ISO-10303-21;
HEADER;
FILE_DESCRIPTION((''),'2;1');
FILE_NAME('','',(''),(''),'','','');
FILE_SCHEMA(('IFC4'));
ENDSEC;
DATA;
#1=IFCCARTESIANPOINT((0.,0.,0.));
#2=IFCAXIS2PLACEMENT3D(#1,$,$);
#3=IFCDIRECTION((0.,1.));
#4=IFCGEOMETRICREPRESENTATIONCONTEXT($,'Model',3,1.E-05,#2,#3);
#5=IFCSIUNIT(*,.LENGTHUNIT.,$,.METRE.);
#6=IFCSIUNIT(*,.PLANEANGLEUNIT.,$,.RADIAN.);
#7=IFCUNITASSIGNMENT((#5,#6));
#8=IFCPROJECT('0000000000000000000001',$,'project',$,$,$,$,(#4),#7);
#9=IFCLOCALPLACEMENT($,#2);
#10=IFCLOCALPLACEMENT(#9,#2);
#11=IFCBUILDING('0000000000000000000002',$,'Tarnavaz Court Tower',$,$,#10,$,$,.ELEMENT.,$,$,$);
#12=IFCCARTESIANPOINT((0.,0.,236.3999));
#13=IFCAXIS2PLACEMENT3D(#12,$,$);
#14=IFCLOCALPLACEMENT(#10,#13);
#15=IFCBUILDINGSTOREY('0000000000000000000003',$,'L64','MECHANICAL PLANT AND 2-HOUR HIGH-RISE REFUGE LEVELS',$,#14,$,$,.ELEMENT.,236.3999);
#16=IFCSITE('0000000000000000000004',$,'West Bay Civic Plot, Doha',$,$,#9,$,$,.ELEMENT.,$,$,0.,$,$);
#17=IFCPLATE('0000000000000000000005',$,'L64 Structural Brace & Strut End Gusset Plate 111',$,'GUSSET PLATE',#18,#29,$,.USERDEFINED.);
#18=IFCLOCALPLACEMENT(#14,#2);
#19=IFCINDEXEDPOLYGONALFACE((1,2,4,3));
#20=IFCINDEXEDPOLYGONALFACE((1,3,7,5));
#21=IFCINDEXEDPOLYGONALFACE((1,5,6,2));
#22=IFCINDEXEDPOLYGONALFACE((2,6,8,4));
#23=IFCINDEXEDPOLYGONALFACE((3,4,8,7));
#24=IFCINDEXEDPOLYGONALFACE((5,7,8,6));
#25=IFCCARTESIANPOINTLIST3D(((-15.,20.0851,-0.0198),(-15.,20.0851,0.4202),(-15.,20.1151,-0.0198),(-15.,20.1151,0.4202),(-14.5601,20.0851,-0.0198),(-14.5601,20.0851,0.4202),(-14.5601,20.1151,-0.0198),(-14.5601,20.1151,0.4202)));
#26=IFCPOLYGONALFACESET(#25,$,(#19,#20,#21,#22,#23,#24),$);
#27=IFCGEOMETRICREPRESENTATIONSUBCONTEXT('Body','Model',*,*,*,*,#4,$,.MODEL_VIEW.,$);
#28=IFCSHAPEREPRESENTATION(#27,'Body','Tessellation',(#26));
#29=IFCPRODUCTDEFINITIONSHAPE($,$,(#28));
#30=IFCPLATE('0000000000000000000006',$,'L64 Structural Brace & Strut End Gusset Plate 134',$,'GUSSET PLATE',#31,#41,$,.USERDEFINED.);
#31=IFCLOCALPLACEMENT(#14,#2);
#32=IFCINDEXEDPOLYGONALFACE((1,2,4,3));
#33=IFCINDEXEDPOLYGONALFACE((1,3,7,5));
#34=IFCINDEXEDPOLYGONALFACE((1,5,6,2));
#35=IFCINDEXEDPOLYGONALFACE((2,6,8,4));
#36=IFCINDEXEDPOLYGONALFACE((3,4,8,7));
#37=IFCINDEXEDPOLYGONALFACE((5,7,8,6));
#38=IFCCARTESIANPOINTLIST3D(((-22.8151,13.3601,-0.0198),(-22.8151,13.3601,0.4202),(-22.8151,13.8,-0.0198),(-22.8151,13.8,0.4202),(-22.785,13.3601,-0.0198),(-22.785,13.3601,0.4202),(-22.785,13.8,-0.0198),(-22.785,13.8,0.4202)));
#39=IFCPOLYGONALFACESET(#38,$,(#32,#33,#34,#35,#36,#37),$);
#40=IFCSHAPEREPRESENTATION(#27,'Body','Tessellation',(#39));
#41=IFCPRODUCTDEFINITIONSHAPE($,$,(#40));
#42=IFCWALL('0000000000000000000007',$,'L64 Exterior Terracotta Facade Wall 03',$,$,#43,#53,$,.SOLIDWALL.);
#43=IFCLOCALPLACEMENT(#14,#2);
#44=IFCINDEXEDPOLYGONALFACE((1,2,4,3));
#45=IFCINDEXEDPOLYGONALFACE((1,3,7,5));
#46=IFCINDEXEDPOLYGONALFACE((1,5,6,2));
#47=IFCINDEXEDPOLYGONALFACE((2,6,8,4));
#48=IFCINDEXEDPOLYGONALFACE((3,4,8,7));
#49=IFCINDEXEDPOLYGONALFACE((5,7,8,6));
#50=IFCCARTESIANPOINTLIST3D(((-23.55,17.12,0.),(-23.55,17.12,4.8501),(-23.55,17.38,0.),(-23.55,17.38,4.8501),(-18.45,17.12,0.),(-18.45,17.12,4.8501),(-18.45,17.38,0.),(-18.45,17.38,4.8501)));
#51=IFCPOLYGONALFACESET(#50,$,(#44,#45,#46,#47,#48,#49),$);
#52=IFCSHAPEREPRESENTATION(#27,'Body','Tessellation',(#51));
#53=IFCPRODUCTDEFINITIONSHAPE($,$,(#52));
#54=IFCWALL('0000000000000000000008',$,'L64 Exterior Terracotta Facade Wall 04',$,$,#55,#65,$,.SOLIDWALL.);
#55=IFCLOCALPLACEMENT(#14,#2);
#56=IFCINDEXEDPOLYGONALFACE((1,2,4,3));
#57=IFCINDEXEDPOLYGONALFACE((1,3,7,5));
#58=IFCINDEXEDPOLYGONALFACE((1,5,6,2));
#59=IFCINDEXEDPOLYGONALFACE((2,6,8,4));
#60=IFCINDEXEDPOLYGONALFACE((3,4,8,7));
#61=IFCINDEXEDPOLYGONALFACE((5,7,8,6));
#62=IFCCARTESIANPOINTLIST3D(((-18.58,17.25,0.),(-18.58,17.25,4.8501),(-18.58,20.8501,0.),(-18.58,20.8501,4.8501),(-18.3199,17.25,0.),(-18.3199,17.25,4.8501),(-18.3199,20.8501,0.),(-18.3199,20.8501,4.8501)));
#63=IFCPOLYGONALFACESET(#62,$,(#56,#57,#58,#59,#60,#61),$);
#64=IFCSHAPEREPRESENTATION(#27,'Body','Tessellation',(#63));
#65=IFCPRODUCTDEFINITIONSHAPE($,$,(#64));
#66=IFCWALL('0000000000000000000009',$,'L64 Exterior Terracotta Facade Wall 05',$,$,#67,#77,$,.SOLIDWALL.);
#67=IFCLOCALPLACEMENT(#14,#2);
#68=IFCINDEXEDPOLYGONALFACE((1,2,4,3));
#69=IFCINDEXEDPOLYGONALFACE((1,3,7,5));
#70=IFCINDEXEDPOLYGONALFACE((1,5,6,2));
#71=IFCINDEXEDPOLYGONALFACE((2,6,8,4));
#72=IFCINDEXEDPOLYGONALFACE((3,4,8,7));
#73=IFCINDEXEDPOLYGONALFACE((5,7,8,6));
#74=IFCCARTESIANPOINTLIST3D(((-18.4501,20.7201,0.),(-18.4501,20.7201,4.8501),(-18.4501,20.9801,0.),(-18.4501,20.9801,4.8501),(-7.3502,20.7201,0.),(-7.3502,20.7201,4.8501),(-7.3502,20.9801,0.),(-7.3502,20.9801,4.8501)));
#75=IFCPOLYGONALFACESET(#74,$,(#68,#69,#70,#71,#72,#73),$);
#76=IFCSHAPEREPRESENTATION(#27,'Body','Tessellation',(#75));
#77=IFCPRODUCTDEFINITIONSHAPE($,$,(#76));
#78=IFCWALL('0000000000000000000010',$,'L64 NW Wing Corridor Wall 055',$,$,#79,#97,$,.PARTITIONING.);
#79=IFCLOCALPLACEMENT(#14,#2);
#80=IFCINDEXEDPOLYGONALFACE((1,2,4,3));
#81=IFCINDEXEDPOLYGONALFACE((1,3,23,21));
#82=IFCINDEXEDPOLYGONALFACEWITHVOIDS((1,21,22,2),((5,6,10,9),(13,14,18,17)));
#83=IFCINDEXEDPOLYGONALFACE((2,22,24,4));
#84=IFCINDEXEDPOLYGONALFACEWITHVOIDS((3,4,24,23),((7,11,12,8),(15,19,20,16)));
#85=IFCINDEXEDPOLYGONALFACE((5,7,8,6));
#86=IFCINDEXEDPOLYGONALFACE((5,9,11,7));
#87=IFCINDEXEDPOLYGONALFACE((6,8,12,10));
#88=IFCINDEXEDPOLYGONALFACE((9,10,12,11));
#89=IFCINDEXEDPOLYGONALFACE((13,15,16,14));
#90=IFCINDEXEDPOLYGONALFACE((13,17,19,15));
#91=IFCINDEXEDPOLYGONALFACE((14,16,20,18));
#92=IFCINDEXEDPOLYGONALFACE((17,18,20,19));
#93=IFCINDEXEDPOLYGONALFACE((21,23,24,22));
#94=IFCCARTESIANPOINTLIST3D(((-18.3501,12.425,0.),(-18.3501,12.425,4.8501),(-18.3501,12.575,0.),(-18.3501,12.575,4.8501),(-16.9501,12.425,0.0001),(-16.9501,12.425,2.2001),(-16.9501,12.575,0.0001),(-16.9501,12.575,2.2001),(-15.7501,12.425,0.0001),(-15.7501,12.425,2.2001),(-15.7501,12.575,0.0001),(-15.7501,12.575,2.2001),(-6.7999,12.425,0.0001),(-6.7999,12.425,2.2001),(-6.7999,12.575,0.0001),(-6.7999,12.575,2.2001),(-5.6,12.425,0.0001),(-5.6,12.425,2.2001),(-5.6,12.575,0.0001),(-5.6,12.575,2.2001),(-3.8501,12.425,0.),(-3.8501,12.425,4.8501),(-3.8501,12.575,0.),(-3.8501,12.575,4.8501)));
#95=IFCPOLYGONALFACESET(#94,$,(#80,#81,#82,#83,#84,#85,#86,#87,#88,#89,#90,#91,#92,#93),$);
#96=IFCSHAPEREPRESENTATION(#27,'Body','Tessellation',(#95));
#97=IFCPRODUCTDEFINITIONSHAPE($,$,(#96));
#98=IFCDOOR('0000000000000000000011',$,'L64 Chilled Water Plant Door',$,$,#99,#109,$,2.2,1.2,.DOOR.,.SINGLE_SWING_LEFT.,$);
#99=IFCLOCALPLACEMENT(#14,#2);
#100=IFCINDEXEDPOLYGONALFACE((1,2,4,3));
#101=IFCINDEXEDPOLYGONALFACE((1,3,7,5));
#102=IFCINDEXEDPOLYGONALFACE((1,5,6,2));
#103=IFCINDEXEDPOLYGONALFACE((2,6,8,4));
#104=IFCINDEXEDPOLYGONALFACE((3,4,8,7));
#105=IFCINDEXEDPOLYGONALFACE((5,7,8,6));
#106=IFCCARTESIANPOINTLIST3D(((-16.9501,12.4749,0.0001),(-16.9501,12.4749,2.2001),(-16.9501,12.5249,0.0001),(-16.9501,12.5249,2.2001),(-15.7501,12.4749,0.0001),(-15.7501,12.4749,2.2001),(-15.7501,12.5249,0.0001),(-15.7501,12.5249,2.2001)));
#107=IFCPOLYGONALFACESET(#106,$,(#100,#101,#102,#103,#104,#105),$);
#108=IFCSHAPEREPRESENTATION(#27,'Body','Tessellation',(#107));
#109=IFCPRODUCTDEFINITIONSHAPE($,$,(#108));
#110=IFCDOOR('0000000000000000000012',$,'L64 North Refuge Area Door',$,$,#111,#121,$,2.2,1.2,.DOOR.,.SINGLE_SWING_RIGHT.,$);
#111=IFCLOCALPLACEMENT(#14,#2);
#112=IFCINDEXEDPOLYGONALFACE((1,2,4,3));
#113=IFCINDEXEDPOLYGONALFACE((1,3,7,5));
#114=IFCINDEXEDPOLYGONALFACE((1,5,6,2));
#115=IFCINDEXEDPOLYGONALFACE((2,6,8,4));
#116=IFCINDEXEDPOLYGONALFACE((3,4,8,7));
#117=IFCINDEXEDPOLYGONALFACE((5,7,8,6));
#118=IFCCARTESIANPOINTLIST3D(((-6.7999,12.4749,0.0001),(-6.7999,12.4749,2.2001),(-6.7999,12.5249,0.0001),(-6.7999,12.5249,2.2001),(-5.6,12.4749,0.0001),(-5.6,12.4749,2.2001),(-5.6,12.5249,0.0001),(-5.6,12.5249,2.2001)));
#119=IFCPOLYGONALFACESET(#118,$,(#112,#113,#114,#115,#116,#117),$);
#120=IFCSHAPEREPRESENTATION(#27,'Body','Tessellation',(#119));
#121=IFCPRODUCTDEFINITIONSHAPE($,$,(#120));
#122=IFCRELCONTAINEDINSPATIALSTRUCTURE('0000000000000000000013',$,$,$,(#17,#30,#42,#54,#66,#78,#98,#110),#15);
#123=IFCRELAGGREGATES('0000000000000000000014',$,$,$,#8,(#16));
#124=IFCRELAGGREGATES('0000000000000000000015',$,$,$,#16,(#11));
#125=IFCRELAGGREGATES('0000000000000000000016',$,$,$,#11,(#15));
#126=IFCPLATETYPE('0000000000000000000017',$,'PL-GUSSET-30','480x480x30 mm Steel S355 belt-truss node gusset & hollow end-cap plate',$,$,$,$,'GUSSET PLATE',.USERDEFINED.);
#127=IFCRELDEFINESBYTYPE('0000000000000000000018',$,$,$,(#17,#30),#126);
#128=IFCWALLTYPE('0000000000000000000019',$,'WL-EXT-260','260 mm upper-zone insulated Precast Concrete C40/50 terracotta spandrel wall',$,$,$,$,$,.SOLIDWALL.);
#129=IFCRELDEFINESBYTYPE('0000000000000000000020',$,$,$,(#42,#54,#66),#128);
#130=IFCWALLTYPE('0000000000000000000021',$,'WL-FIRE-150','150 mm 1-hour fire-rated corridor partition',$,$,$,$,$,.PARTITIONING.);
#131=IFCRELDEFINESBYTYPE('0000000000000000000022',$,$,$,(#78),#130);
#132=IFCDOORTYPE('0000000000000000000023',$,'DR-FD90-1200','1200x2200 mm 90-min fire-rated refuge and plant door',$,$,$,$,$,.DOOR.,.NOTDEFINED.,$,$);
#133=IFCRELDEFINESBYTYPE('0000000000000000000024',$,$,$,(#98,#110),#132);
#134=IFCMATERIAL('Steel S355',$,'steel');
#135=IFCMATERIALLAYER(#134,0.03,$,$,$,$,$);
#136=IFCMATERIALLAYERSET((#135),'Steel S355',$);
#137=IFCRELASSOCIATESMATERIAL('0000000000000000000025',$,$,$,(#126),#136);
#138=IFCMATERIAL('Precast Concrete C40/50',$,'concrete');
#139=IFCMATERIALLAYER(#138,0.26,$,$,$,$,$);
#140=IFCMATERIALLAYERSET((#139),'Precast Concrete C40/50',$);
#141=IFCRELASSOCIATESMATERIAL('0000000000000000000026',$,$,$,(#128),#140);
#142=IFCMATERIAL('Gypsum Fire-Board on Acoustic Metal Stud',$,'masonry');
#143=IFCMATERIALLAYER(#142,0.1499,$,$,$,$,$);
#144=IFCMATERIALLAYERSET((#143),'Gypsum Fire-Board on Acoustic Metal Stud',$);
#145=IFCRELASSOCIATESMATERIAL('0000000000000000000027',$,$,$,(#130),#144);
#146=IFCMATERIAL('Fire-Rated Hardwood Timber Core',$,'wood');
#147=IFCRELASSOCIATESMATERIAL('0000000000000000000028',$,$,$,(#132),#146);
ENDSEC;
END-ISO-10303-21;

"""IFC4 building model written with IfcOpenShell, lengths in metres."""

from ifc_helpers import new_model, si_unit, direction, frame, frame_2d, origin, origin_2d, place, context, subcontext, project, spatial, rectangle, extrude, material, layer, layer_set, type_object, element, fill, save


model = new_model("IFC4")

# Units and contexts
model_context = context("Model", 3, precision=1e-05, world=origin(), true_north=direction((0.0, 1.0)))
body_context = subcontext(model_context, "Body", "Model", "MODEL_VIEW")
ifc_project = project(units=[si_unit("LENGTHUNIT", "METRE"), si_unit("PLANEANGLEUNIT", "RADIAN")], contexts=[model_context])

# Site, building, storey
site_placement = place(None, origin())
site = spatial("IfcSite", under=ifc_project, at=site_placement, Name="West Bay Civic Plot, Doha", CompositionType="ELEMENT", RefElevation=0.0)
building_placement = place(site_placement, origin())
building = spatial("IfcBuilding", under=site, at=building_placement, Name="Tarnavaz Court Tower", CompositionType="ELEMENT")
storey_placement = place(building_placement, frame((0.0, 0.0, 236.3999)))
storey = spatial("IfcBuildingStorey", under=building, at=storey_placement, Name="L64", Description="MECHANICAL PLANT AND 2-HOUR HIGH-RISE REFUGE LEVELS", CompositionType="ELEMENT", Elevation=236.3999)

# Shared definitions
ifc_material_1 = material(Name="Steel S355", Category="steel")

# Plates
ifc_layer_1 = layer(ifc_material_1, 0.03)
ifc_layer_set_1 = layer_set([ifc_layer_1], Name="Steel S355")
plate_type = type_object("IfcPlateType", Name="PL-GUSSET-30", Description="480x480x30 mm Steel S355 belt-truss node gusset & hollow end-cap plate", ElementType="GUSSET PLATE", PredefinedType="USERDEFINED", material=ifc_layer_set_1)
for number, where, z_axis, x_axis, name in (
    (1, (-14.78, 20.1001, -0.0198), (0.0, 0.0, 1.0), (1.0, 0.0, 0.0), "L64 Structural Brace & Strut End Gusset Plate 111"),
    (2, (-22.8, 13.5801, -0.0198), (0.0, 0.0, 1.0), (0.0, 1.0, 0.0), "L64 Structural Brace & Strut End Gusset Plate 134"),
):
    element("IfcPlate", number, at=place(storey_placement, frame(where, z_axis=z_axis, x_axis=x_axis)), inside=storey, type_object=plate_type, Name=name, ObjectType="GUSSET PLATE", PredefinedType="USERDEFINED", context=body_context, shape_type="SweptSolid", body=[
        extrude(rectangle(XDim=0.4399, YDim=0.03, at=origin_2d()), origin(), (0.0, 0.0, 1.0), 0.4399),
    ])

# Walls
ifc_material_2 = material(Name="Precast Concrete C40/50", Category="concrete")
ifc_layer_2 = layer(ifc_material_2, 0.26)
ifc_layer_set_2 = layer_set([ifc_layer_2], Name="Precast Concrete C40/50")
wall_type_1 = type_object("IfcWallType", Name="WL-EXT-260", Description="260 mm upper-zone insulated Precast Concrete C40/50 terracotta spandrel wall", PredefinedType="SOLIDWALL", material=ifc_layer_set_2)
wall_1_placement = place(storey_placement, frame((-23.55, 17.25, 0.0), z_axis=(0.0, 0.0, 1.0), x_axis=(1.0, 0.0, 0.0)))
element("IfcWall", 3, at=wall_1_placement, inside=storey, type_object=wall_type_1, Name="L64 Exterior Terracotta Facade Wall 03", PredefinedType="SOLIDWALL", context=body_context, shape_type="SweptSolid", body=[
    extrude(rectangle(XDim=5.1001, YDim=0.26, at=frame_2d((2.55, 0.0))), origin(), (0.0, 0.0, 1.0), 4.8501),
])
wall_2_placement = place(storey_placement, frame((-18.45, 17.25, 0.0), z_axis=(0.0, 0.0, 1.0), x_axis=(0.0, 1.0, 0.0)))
element("IfcWall", 4, at=wall_2_placement, inside=storey, type_object=wall_type_1, Name="L64 Exterior Terracotta Facade Wall 04", PredefinedType="SOLIDWALL", context=body_context, shape_type="SweptSolid", body=[
    extrude(rectangle(XDim=3.6001, YDim=0.26, at=frame_2d((1.8, 0.0))), origin(), (0.0, 0.0, 1.0), 4.8501),
])
wall_3_placement = place(storey_placement, frame((-18.45, 20.8501, 0.0), z_axis=(0.0, 0.0, 1.0), x_axis=(1.0, 0.0, 0.0)))
element("IfcWall", 5, at=wall_3_placement, inside=storey, type_object=wall_type_1, Name="L64 Exterior Terracotta Facade Wall 05", PredefinedType="SOLIDWALL", context=body_context, shape_type="SweptSolid", body=[
    extrude(rectangle(XDim=11.0999, YDim=0.26, at=frame_2d((5.5498, 0.0))), origin(), (0.0, 0.0, 1.0), 4.8501),
])

# Wall, openings, doors
ifc_material_3 = material(Name="Gypsum Fire-Board on Acoustic Metal Stud", Category="masonry")
ifc_layer_3 = layer(ifc_material_3, 0.1499)
ifc_layer_set_3 = layer_set([ifc_layer_3], Name="Gypsum Fire-Board on Acoustic Metal Stud")
wall_type_2 = type_object("IfcWallType", Name="WL-FIRE-150", Description="150 mm 1-hour fire-rated corridor partition", PredefinedType="PARTITIONING", material=ifc_layer_set_3)
wall_4_placement = place(storey_placement, frame((-18.3501, 12.5, 0.0), z_axis=(0.0, 0.0, 1.0), x_axis=(1.0, 0.0, 0.0)))
wall_4 = element("IfcWall", 6, at=wall_4_placement, inside=storey, type_object=wall_type_2, Name="L64 NW Wing Corridor Wall 055", PredefinedType="PARTITIONING", context=body_context, shape_type="SweptSolid", body=[
    extrude(rectangle(XDim=14.5, YDim=0.1499, at=frame_2d((7.25, 0.0))), origin(), (0.0, 0.0, 1.0), 4.8501),
])
opening_1_placement = place(wall_4_placement, frame((1.3999, 0.0, 0.0)))
opening_1 = element("IfcOpeningElement", 7, at=opening_1_placement, cuts=wall_4, PredefinedType="OPENING", context=body_context, shape_type="SweptSolid", body=[
    extrude(rectangle(XDim=1.2, YDim=2.2, at=frame_2d((0.6001, 1.1001))), frame((0.0, 0.085, 0.0), z_axis=(0.0, -1.0, 0.0), x_axis=(1.0, 0.0, 0.0)), (0.0, 0.0, 1.0), 0.1699),
])
opening_2_placement = place(wall_4_placement, frame((11.55, 0.0, 0.0)))
opening_2 = element("IfcOpeningElement", 8, at=opening_2_placement, cuts=wall_4, PredefinedType="OPENING", context=body_context, shape_type="SweptSolid", body=[
    extrude(rectangle(XDim=1.2, YDim=2.2, at=frame_2d((0.6001, 1.1001))), frame((0.0, 0.085, 0.0), z_axis=(0.0, -1.0, 0.0), x_axis=(1.0, 0.0, 0.0)), (0.0, 0.0, 1.0), 0.1699),
])
ifc_material_4 = material(Name="Fire-Rated Hardwood Timber Core", Category="wood")
door_type = type_object("IfcDoorType", Name="DR-FD90-1200", Description="1200x2200 mm 90-min fire-rated refuge and plant door", OperationType="NOTDEFINED", PredefinedType="DOOR", material=ifc_material_4)
door_1_placement = place(opening_1_placement, origin())
door_1 = element("IfcDoor", 9, at=door_1_placement, inside=storey, type_object=door_type, Name="L64 Chilled Water Plant Door", OperationType="SINGLE_SWING_LEFT", OverallHeight=2.2, OverallWidth=1.2, PredefinedType="DOOR", context=body_context, shape_type="SweptSolid", body=[
    extrude(rectangle(XDim=1.2, YDim=2.2, at=frame_2d((0.6001, 1.1001))), frame((0.0, 0.0249, 0.0), z_axis=(0.0, -1.0, 0.0), x_axis=(1.0, 0.0, 0.0)), (0.0, 0.0, 1.0), 0.05),
])
fill(opening_1, door_1)
door_2_placement = place(opening_2_placement, origin())
door_2 = element("IfcDoor", 10, at=door_2_placement, inside=storey, type_object=door_type, Name="L64 North Refuge Area Door", OperationType="SINGLE_SWING_RIGHT", OverallHeight=2.2, OverallWidth=1.2, PredefinedType="DOOR", context=body_context, shape_type="SweptSolid", body=[
    extrude(rectangle(XDim=1.2, YDim=2.2, at=frame_2d((0.6001, 1.1001))), frame((0.0, 0.0249, 0.0), z_axis=(0.0, -1.0, 0.0), x_axis=(1.0, 0.0, 0.0)), (0.0, 0.0, 1.0), 0.05),
])
fill(opening_2, door_2)

save(model, "model.ifc")
